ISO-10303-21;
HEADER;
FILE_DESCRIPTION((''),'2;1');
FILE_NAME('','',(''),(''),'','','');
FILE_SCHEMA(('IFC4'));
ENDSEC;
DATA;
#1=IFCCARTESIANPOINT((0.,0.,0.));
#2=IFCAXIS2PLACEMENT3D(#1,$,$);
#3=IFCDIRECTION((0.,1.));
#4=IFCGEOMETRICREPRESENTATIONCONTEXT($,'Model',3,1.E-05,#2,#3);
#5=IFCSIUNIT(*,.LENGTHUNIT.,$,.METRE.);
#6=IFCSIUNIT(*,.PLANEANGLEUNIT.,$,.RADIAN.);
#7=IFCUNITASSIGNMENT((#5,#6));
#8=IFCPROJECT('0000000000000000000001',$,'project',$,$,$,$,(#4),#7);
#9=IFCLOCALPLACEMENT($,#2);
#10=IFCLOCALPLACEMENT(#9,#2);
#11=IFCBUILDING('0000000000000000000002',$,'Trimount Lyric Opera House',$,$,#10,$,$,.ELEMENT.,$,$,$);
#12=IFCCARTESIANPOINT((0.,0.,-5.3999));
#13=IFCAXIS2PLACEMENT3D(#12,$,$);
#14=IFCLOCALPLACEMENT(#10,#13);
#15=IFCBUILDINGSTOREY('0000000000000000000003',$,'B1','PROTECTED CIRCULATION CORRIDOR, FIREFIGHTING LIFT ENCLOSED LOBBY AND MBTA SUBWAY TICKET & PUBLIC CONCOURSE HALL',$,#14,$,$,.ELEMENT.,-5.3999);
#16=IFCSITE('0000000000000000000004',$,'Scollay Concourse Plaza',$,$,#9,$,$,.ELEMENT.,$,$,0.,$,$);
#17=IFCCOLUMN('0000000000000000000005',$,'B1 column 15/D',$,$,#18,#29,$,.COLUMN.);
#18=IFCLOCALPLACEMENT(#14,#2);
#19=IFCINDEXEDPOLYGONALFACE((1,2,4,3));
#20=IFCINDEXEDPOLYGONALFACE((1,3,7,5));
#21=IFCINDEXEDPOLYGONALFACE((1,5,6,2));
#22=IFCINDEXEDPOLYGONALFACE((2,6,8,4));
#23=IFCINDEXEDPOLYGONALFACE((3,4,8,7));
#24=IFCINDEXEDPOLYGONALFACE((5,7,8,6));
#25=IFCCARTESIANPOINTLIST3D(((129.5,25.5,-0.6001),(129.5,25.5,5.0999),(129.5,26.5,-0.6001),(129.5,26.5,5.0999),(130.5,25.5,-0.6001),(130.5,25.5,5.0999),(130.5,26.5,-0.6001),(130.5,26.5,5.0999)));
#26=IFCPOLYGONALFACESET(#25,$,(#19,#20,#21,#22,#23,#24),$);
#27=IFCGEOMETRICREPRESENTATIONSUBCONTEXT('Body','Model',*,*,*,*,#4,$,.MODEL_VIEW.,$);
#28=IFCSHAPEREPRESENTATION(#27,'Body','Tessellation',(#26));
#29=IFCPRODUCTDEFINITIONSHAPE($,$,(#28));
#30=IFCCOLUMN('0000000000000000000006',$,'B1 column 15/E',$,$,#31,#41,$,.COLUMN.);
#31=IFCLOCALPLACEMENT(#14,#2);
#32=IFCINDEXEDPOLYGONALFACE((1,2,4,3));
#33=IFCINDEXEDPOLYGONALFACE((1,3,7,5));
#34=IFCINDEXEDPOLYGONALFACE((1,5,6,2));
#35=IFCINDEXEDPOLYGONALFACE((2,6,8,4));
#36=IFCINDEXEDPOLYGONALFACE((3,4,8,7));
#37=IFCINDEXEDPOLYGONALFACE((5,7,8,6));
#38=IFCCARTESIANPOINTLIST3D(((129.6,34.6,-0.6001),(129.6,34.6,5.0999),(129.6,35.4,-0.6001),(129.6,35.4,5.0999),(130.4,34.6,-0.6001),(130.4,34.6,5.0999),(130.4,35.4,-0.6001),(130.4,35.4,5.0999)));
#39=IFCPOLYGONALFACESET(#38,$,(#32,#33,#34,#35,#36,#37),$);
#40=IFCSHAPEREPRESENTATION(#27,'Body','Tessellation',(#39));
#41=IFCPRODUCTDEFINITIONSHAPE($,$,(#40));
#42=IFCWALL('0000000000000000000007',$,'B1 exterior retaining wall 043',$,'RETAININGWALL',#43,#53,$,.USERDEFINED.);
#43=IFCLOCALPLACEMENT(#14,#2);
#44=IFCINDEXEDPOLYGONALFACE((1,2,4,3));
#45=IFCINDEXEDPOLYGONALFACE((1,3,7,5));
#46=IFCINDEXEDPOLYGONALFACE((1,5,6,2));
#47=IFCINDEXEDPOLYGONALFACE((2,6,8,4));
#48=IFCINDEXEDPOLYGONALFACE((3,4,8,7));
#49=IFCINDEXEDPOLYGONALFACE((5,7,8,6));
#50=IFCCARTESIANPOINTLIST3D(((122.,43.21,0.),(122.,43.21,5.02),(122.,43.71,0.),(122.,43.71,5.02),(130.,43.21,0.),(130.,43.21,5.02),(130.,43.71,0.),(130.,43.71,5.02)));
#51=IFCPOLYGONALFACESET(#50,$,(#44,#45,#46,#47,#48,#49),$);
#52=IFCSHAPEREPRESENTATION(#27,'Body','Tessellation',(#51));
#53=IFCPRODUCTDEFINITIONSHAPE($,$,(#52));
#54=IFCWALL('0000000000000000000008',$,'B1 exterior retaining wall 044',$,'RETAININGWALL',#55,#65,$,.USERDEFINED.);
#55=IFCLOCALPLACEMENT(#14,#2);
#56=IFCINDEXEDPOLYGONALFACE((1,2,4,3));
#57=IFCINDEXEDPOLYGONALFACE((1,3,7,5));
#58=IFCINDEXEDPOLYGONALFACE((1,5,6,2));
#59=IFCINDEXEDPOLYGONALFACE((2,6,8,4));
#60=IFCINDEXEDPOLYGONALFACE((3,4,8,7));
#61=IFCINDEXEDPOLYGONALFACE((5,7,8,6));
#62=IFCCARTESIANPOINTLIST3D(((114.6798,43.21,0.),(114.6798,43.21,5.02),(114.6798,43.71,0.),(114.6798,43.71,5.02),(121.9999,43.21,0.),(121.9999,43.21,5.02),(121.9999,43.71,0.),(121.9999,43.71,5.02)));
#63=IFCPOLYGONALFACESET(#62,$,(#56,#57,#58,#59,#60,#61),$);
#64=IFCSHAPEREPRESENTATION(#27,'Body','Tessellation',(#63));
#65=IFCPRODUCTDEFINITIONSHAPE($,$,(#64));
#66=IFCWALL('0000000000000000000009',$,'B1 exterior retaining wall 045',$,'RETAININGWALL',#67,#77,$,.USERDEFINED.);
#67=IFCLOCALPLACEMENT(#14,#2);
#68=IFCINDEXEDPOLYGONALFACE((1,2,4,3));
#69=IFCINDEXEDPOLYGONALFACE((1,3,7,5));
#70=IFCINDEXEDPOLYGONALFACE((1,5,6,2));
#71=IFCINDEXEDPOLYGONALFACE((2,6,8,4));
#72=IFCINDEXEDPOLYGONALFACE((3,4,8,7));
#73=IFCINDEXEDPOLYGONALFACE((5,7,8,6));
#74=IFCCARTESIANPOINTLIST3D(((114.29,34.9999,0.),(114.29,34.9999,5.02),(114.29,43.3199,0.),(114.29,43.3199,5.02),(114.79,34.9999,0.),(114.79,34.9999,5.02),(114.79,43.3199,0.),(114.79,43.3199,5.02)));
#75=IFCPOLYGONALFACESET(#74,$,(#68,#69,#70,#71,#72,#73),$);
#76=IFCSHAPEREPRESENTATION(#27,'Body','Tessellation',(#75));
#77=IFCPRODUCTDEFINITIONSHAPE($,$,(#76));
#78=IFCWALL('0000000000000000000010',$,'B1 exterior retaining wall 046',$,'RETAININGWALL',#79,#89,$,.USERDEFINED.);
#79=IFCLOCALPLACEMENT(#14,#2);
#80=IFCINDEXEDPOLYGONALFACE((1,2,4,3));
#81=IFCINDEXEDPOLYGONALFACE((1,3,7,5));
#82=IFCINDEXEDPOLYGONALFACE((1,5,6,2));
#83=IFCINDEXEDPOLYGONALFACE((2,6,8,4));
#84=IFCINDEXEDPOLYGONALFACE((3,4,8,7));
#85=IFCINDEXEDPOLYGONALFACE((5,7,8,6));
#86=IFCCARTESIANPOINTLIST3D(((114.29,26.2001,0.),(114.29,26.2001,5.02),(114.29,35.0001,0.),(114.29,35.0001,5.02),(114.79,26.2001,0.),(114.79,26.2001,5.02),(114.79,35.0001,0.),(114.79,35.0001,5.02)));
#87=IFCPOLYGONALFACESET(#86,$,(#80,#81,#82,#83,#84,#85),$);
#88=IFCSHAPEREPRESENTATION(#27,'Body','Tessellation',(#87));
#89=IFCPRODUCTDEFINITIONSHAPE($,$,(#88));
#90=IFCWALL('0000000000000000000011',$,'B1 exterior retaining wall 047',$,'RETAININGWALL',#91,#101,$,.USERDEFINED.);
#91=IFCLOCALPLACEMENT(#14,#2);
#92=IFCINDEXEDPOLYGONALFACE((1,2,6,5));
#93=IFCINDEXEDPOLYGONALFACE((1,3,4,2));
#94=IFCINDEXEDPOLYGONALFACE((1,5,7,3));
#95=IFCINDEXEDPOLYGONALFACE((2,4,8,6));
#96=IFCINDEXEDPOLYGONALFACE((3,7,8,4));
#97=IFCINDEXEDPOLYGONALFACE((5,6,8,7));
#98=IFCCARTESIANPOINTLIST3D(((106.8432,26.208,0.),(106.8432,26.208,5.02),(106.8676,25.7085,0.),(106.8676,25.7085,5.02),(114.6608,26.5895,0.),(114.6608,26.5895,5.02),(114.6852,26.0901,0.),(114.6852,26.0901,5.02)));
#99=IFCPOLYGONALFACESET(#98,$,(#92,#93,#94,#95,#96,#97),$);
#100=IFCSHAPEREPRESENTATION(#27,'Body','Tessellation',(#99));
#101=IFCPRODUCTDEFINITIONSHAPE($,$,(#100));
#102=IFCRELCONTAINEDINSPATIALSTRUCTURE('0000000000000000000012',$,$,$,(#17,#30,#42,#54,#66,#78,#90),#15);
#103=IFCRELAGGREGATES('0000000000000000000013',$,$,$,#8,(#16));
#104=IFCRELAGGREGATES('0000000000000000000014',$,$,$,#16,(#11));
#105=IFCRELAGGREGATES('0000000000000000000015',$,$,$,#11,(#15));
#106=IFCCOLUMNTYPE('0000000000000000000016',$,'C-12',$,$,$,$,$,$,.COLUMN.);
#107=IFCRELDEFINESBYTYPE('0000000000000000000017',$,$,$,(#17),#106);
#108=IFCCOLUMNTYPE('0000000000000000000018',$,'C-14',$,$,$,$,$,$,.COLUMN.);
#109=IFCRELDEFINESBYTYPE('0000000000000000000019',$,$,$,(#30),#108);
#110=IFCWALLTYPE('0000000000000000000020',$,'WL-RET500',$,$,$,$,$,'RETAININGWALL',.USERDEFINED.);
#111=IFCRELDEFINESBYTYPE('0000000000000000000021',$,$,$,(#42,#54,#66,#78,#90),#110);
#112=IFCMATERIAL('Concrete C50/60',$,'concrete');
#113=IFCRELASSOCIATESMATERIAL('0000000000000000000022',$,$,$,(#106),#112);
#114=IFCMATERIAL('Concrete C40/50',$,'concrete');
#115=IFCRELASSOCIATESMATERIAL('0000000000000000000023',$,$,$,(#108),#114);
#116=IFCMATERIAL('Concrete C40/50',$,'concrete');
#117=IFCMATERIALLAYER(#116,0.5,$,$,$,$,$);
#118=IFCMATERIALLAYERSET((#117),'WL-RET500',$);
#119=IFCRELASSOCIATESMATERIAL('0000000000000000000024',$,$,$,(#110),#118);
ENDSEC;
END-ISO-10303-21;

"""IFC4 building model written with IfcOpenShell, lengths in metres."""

from ifc_helpers import new_model, si_unit, direction, frame, frame_2d, origin, origin_2d, place, context, subcontext, project, spatial, rectangle, extrude, material, layer, layer_set, material_profile, profile_set, type_object, element, save


model = new_model("IFC4")

# Units and contexts
model_context = context("Model", 3, precision=1e-05, world=origin(), true_north=direction((0.0, 1.0)))
body_context = subcontext(model_context, "Body", "Model", "MODEL_VIEW")
ifc_project = project(units=[si_unit("LENGTHUNIT", "METRE"), si_unit("PLANEANGLEUNIT", "RADIAN")], contexts=[model_context])

# Site, building, storey
site_placement = place(None, origin())
site = spatial("IfcSite", under=ifc_project, at=site_placement, Name="Scollay Concourse Plaza", CompositionType="ELEMENT", RefElevation=0.0)
building_placement = place(site_placement, origin())
building = spatial("IfcBuilding", under=site, at=building_placement, Name="Trimount Lyric Opera House", CompositionType="ELEMENT")
storey_placement = place(building_placement, frame((0.0, 0.0, -5.3999)))
storey = spatial("IfcBuildingStorey", under=building, at=storey_placement, Name="B1", Description="PROTECTED CIRCULATION CORRIDOR, FIREFIGHTING LIFT ENCLOSED LOBBY AND MBTA SUBWAY TICKET & PUBLIC CONCOURSE HALL", CompositionType="ELEMENT", Elevation=-5.3999)

# Columns
ifc_material_1 = material(Name="Concrete C50/60", Category="concrete")
ifc_material_profile_1 = material_profile(ifc_material_1, rectangle(XDim=1.0, YDim=1.0, at=origin_2d()), Name="RC1000X1000")
ifc_profile_set_1 = profile_set([ifc_material_profile_1], Name="Concrete C50/60")
column_type_1 = type_object("IfcColumnType", Name="C-12", PredefinedType="COLUMN", material=ifc_profile_set_1)
for number, where, z_axis, x_axis, name in (
    (1, (130.0, 26.0, -0.6001), (0.0, 0.0, 1.0), (1.0, 0.0, 0.0), "B1 column 15/D"),
):
    element("IfcColumn", number, at=place(storey_placement, frame(where, z_axis=z_axis, x_axis=x_axis)), inside=storey, type_object=column_type_1, Name=name, PredefinedType="COLUMN", context=body_context, shape_type="SweptSolid", body=[
        extrude(rectangle(XDim=1.0, YDim=1.0, at=origin_2d()), origin(), (0.0, 0.0, 1.0), 5.7),
    ])
ifc_material_2 = material(Name="Concrete C40/50", Category="concrete")
ifc_material_profile_2 = material_profile(ifc_material_2, rectangle(XDim=0.8, YDim=0.8, at=origin_2d()), Name="RC800X800")
ifc_profile_set_2 = profile_set([ifc_material_profile_2], Name="Concrete C40/50")
column_type_2 = type_object("IfcColumnType", Name="C-14", PredefinedType="COLUMN", material=ifc_profile_set_2)
column_1_placement = place(storey_placement, frame((130.0, 35.0, -0.6001), z_axis=(0.0, 0.0, 1.0), x_axis=(1.0, 0.0, 0.0)))
element("IfcColumn", 2, at=column_1_placement, inside=storey, type_object=column_type_2, Name="B1 column 15/E", PredefinedType="COLUMN", context=body_context, shape_type="SweptSolid", body=[
    extrude(rectangle(XDim=0.8, YDim=0.8, at=origin_2d()), origin(), (0.0, 0.0, 1.0), 5.7),
])

# Walls
ifc_material_3 = material(Name="Concrete C40/50", Category="concrete")
ifc_layer = layer(ifc_material_3, 0.5)
ifc_layer_set = layer_set([ifc_layer], Name="WL-RET500")
wall_type = type_object("IfcWallType", Name="WL-RET500", ElementType="RETAININGWALL", PredefinedType="USERDEFINED", material=ifc_layer_set)
wall_1_placement = place(storey_placement, frame((130.0, 43.46, 0.0), z_axis=(0.0, 0.0, 1.0), x_axis=(-1.0, 0.0, 0.0)))
element("IfcWall", 3, at=wall_1_placement, inside=storey, type_object=wall_type, Name="B1 exterior retaining wall 043", ObjectType="RETAININGWALL", PredefinedType="USERDEFINED", context=body_context, shape_type="SweptSolid", body=[
    extrude(rectangle(XDim=8.0, YDim=0.5, at=frame_2d((4.0, 0.0))), origin(), (0.0, 0.0, 1.0), 5.02),
])
wall_2_placement = place(storey_placement, frame((122.0, 43.46, 0.0), z_axis=(0.0, 0.0, 1.0), x_axis=(-1.0, 0.0, 0.0)))
element("IfcWall", 4, at=wall_2_placement, inside=storey, type_object=wall_type, Name="B1 exterior retaining wall 044", ObjectType="RETAININGWALL", PredefinedType="USERDEFINED", context=body_context, shape_type="SweptSolid", body=[
    extrude(rectangle(XDim=7.3201, YDim=0.5, at=frame_2d((3.6602, 0.0))), origin(), (0.0, 0.0, 1.0), 5.02),
])
wall_3_placement = place(storey_placement, frame((114.54, 43.3201, 0.0), z_axis=(0.0, 0.0, 1.0), x_axis=(0.0, -1.0, 0.0)))
element("IfcWall", 5, at=wall_3_placement, inside=storey, type_object=wall_type, Name="B1 exterior retaining wall 045", ObjectType="RETAININGWALL", PredefinedType="USERDEFINED", context=body_context, shape_type="SweptSolid", body=[
    extrude(rectangle(XDim=8.3201, YDim=0.5, at=frame_2d((4.1602, 0.0))), origin(), (0.0, 0.0, 1.0), 5.02),
])
wall_4_placement = place(storey_placement, frame((114.54, 35.0, 0.0), z_axis=(0.0, 0.0, 1.0), x_axis=(0.0, -1.0, 0.0)))
element("IfcWall", 6, at=wall_4_placement, inside=storey, type_object=wall_type, Name="B1 exterior retaining wall 046", ObjectType="RETAININGWALL", PredefinedType="USERDEFINED", context=body_context, shape_type="SweptSolid", body=[
    extrude(rectangle(XDim=8.8, YDim=0.5, at=frame_2d((4.3999, 0.0))), origin(), (0.0, 0.0, 1.0), 5.02),
])
wall_5_placement = place(storey_placement, frame((114.6731, 26.3398, 0.0), z_axis=(0.0, 0.0, 1.0), x_axis=(-0.998811, -0.048754, 0.0)))
element("IfcWall", 7, at=wall_5_placement, inside=storey, type_object=wall_type, Name="B1 exterior retaining wall 047", ObjectType="RETAININGWALL", PredefinedType="USERDEFINED", context=body_context, shape_type="SweptSolid", body=[
    extrude(rectangle(XDim=7.8269, YDim=0.5, at=frame_2d((3.9136, 0.0))), origin(), (0.0, 0.0, 1.0), 5.02),
])

save(model, "model.ifc")
